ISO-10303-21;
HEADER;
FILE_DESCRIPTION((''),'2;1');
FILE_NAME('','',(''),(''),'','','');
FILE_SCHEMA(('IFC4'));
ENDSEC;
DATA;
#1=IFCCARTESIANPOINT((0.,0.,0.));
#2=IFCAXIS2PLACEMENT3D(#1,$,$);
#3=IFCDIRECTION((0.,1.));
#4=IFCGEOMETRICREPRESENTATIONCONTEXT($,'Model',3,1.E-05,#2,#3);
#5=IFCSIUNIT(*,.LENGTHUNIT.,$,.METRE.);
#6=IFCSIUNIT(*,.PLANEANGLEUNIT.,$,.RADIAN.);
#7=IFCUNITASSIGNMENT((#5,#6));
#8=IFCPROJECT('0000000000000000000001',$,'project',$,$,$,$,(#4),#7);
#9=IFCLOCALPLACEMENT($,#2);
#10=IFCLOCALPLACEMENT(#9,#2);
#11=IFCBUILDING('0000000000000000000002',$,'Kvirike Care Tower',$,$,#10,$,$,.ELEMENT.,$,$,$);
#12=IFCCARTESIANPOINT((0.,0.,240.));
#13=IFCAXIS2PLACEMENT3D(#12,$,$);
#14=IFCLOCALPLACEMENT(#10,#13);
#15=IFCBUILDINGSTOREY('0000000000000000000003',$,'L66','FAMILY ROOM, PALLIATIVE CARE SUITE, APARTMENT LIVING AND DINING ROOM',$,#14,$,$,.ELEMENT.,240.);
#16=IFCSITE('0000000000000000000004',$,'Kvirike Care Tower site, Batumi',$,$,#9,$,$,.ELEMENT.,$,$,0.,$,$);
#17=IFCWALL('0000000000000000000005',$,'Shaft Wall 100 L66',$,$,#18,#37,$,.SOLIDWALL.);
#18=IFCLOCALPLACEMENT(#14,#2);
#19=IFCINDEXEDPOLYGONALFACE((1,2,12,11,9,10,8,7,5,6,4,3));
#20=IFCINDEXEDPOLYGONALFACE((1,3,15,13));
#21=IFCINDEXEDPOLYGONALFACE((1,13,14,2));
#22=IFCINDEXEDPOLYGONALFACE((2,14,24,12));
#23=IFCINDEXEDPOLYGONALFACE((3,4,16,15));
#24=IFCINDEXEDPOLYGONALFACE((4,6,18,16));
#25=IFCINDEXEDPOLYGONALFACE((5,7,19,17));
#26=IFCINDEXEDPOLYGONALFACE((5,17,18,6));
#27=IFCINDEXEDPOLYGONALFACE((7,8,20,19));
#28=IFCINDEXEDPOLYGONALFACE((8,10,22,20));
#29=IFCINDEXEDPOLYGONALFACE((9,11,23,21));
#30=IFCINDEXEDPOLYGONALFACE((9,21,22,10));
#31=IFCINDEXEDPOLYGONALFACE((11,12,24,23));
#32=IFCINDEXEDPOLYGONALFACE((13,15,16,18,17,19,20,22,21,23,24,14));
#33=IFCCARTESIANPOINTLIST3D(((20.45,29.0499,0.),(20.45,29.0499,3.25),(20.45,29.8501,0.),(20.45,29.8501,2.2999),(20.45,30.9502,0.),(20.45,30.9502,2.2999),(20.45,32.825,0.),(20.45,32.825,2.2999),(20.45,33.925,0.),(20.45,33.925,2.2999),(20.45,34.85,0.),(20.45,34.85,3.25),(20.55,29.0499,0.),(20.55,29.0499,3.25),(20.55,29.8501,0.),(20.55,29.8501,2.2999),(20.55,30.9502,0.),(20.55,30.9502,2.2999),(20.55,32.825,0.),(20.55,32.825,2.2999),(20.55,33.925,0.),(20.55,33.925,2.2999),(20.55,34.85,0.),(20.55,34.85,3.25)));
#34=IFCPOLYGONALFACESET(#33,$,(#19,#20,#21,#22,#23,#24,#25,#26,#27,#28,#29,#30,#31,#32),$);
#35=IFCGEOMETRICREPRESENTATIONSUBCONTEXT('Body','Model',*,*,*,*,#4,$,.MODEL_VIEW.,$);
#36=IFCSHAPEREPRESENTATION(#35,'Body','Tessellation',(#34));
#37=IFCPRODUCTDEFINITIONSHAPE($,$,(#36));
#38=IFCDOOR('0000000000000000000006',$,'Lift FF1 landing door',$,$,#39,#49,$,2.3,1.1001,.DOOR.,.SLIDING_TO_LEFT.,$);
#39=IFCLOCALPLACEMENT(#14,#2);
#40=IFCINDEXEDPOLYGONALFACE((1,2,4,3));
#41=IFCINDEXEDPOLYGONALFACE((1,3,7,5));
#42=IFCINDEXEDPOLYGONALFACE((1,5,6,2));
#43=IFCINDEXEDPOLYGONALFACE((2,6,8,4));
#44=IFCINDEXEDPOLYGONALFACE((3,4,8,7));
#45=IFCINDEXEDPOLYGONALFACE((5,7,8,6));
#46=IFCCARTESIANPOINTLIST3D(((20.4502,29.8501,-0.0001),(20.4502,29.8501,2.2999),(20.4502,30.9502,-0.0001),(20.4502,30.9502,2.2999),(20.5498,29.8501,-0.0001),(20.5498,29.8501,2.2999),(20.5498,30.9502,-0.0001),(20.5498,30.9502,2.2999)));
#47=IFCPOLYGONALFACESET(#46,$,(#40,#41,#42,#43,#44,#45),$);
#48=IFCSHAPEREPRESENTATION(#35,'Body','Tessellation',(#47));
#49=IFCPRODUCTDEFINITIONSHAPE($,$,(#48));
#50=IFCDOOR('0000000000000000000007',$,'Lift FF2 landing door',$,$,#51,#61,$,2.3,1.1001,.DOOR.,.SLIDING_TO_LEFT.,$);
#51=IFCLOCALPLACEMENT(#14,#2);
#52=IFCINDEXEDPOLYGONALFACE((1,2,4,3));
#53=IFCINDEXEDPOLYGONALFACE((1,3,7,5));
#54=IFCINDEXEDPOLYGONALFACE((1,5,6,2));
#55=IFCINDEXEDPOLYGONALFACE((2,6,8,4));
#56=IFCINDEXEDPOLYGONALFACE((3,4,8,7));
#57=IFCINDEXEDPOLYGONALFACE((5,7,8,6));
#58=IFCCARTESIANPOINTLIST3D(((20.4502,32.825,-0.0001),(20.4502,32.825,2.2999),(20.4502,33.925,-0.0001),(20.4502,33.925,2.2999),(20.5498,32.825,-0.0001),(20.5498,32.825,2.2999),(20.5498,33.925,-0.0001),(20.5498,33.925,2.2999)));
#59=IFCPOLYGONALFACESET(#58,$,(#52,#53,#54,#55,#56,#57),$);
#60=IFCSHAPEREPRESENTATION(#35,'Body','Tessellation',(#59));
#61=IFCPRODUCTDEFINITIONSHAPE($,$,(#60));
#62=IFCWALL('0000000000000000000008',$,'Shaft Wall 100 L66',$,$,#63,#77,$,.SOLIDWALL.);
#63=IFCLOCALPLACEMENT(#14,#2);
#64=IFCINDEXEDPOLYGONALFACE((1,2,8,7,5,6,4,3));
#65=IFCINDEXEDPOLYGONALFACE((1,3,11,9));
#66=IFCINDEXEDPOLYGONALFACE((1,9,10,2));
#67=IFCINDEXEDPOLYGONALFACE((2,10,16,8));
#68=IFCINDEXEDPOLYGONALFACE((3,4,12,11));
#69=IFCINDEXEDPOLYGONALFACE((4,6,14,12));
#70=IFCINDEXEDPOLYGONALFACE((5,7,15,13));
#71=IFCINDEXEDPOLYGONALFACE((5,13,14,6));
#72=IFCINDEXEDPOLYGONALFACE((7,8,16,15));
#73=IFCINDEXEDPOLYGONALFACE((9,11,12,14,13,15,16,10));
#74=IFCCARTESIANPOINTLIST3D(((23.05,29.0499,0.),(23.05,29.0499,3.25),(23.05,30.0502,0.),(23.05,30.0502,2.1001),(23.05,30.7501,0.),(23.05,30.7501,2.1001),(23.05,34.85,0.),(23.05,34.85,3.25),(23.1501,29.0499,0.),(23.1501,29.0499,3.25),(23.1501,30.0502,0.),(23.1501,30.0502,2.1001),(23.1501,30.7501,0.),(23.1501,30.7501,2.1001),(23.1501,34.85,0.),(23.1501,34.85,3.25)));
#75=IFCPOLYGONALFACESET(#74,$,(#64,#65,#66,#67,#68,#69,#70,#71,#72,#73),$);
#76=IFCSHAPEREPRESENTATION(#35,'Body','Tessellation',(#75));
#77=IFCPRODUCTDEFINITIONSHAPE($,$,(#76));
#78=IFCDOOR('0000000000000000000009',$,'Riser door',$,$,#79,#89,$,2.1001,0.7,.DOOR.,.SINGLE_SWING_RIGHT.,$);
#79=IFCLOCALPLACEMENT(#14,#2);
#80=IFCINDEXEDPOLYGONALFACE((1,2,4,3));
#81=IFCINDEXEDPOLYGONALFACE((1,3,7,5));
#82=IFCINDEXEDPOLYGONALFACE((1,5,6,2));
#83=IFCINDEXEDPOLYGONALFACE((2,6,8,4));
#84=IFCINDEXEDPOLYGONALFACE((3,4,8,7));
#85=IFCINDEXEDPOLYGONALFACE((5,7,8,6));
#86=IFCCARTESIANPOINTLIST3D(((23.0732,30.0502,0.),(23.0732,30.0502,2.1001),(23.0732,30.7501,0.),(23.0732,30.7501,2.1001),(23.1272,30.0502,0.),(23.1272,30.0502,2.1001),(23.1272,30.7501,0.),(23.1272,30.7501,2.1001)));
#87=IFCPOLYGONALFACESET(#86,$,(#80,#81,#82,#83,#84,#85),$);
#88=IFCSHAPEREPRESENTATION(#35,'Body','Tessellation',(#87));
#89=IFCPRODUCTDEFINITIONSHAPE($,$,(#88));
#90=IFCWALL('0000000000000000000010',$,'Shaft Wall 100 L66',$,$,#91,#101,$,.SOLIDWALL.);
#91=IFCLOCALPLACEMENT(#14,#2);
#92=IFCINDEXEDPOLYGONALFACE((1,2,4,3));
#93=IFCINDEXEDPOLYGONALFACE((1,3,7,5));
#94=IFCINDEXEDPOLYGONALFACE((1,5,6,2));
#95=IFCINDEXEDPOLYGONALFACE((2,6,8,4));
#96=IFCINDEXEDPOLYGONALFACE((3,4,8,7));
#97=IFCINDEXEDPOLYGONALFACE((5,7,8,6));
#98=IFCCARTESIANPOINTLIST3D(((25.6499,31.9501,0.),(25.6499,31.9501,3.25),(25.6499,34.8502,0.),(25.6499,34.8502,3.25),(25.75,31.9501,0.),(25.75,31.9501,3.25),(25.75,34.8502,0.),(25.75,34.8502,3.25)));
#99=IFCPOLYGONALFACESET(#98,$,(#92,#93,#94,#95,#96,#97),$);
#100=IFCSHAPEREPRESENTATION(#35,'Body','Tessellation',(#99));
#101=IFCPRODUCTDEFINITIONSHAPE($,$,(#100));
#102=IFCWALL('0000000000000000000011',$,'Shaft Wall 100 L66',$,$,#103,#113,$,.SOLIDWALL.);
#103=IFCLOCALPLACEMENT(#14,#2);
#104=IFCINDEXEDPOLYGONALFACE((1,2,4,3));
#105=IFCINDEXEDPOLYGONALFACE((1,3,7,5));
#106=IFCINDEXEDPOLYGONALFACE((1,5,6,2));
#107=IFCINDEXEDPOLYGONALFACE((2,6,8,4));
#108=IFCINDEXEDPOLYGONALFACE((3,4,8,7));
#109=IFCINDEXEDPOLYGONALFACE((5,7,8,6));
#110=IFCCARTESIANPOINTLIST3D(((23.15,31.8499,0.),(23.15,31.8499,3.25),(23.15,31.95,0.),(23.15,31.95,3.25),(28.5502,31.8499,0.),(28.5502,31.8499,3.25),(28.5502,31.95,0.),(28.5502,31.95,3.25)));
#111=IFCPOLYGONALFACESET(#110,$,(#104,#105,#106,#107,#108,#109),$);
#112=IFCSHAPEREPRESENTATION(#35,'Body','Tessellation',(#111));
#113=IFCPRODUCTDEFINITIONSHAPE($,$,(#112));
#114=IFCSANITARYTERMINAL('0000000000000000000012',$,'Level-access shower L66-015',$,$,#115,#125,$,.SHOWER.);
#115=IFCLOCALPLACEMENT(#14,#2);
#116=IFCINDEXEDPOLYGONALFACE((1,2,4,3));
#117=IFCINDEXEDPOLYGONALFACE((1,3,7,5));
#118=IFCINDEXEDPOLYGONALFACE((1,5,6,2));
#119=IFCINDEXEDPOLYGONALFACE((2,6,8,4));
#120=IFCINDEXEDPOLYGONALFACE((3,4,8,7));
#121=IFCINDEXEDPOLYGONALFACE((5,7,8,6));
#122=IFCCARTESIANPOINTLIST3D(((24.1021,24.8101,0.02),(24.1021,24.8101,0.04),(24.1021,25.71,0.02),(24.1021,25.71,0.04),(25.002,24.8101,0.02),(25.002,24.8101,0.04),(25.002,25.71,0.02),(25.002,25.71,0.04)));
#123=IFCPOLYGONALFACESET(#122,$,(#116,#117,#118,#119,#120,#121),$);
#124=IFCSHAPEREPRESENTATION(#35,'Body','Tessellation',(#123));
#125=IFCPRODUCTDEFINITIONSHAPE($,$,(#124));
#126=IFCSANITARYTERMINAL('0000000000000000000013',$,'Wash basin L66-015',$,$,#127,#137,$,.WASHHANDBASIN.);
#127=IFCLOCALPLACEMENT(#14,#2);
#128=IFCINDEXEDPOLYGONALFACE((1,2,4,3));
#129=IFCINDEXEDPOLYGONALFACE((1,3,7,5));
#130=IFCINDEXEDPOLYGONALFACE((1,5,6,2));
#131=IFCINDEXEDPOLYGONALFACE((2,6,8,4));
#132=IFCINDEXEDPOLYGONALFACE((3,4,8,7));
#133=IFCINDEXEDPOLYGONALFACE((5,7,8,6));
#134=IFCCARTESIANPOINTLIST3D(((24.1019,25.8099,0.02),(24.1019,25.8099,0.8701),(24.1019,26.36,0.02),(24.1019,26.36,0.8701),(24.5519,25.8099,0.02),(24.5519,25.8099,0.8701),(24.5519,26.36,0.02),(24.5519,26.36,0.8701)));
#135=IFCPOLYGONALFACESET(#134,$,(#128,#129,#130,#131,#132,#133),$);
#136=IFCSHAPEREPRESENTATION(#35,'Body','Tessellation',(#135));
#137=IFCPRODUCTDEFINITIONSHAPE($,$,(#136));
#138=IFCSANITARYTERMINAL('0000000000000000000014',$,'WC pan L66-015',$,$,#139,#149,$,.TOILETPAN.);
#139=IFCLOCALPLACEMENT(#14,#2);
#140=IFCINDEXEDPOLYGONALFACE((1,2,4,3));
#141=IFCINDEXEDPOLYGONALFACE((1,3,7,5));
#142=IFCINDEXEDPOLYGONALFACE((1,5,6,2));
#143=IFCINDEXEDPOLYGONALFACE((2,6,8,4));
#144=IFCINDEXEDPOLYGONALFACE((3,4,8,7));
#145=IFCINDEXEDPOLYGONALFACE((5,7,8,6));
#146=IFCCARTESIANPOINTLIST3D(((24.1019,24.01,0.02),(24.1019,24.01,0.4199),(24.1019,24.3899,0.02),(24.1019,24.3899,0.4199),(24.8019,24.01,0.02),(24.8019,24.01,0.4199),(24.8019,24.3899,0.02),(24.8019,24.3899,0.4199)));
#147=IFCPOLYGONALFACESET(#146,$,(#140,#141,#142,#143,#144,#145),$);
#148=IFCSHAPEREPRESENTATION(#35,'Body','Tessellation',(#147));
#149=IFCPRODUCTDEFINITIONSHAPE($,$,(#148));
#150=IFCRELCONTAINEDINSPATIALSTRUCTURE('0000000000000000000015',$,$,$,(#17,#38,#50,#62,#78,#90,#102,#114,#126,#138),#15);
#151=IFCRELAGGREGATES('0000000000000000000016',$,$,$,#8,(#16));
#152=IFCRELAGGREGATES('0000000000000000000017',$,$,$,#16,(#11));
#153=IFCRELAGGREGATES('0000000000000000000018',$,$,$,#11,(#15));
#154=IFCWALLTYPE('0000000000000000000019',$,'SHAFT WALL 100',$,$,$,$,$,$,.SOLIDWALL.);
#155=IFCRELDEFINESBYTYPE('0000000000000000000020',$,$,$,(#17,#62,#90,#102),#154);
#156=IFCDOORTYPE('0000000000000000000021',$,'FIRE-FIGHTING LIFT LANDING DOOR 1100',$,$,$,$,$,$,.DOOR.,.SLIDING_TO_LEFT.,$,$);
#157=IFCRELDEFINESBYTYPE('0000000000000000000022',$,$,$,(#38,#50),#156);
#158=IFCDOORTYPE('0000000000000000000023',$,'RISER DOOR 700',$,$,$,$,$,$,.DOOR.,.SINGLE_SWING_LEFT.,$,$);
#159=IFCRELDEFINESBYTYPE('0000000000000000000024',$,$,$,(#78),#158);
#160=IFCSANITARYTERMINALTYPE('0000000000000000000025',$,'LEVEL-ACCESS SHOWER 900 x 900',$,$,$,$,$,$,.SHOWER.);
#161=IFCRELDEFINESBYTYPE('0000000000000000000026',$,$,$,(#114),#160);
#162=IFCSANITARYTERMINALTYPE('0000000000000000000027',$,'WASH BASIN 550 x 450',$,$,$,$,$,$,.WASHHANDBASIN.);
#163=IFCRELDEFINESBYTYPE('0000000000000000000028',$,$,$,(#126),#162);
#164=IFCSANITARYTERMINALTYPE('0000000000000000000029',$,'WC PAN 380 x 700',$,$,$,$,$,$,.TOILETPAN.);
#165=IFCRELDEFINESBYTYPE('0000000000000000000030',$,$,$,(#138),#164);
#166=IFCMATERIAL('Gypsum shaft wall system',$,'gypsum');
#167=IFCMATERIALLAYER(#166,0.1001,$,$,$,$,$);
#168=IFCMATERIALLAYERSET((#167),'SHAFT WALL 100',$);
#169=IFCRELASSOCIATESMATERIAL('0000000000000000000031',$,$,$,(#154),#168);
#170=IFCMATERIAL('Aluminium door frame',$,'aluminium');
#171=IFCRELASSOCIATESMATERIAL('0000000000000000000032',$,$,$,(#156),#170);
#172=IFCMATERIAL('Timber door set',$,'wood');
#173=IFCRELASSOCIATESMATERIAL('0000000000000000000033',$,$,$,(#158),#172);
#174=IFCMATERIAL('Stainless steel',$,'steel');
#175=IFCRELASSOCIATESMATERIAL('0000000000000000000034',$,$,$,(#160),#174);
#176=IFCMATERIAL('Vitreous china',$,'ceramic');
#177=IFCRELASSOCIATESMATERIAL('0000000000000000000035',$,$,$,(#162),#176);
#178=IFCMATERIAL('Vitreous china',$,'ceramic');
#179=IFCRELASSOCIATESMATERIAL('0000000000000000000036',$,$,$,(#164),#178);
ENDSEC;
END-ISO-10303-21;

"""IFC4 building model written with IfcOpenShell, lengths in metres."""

from ifc_helpers import new_model, si_unit, direction, frame, frame_2d, origin, origin_2d, place, context, subcontext, project, spatial, rectangle, extrude, material, layer, layer_set, type_object, element, fill, save


model = new_model("IFC4")

# Units and contexts
model_context = context("Model", 3, precision=1e-05, world=origin(), true_north=direction((0.0, 1.0)))
body_context = subcontext(model_context, "Body", "Model", "MODEL_VIEW")
ifc_project = project(units=[si_unit("LENGTHUNIT", "METRE"), si_unit("PLANEANGLEUNIT", "RADIAN")], contexts=[model_context])

# Site, building, storey
site_placement = place(None, origin())
site = spatial("IfcSite", under=ifc_project, at=site_placement, Name="Kvirike Care Tower site, Batumi", CompositionType="ELEMENT", RefElevation=0.0)
building_placement = place(site_placement, origin())
building = spatial("IfcBuilding", under=site, at=building_placement, Name="Kvirike Care Tower", CompositionType="ELEMENT")
storey_placement = place(building_placement, frame((0.0, 0.0, 240.0)))
storey = spatial("IfcBuildingStorey", under=building, at=storey_placement, Name="L66", Description="FAMILY ROOM, PALLIATIVE CARE SUITE, APARTMENT LIVING AND DINING ROOM", CompositionType="ELEMENT", Elevation=240.0)

# Wall, openings, doors
ifc_material_1 = material(Name="Gypsum shaft wall system", Category="gypsum")
ifc_layer_1 = layer(ifc_material_1, 0.1001)
ifc_layer_set_1 = layer_set([ifc_layer_1], Name="SHAFT WALL 100")
wall_type_1 = type_object("IfcWallType", Name="SHAFT WALL 100", PredefinedType="SOLIDWALL", material=ifc_layer_set_1)
wall_1_placement = place(storey_placement, frame((20.5, 29.05, 0.0), z_axis=(0.0, 0.0, 1.0), x_axis=(0.0, 1.0, 0.0)))
wall_1 = element("IfcWall", 1, at=wall_1_placement, inside=storey, type_object=wall_type_1, Name="Shaft Wall 100 L66", PredefinedType="SOLIDWALL", context=body_context, shape_type="SweptSolid", body=[
    extrude(rectangle(XDim=5.8, YDim=0.1001, at=frame_2d((2.8999, 0.0))), origin(), (0.0, 0.0, 1.0), 3.25),
])
opening_1_placement = place(wall_1_placement, frame((0.8, 0.0, 0.0)))
opening_1 = element("IfcOpeningElement", 2, at=opening_1_placement, cuts=wall_1, PredefinedType="OPENING", context=body_context, shape_type="SweptSolid", body=[
    extrude(rectangle(XDim=1.1001, YDim=2.3, at=frame_2d((0.55, 1.1499))), frame((0.0, 0.0605, 0.0), z_axis=(0.0, -1.0, 0.0), x_axis=(1.0, 0.0, 0.0)), (0.0, 0.0, 1.0), 0.1211),
])
opening_2_placement = place(wall_1_placement, frame((3.7749, 0.0, 0.0)))
opening_2 = element("IfcOpeningElement", 3, at=opening_2_placement, cuts=wall_1, PredefinedType="OPENING", context=body_context, shape_type="SweptSolid", body=[
    extrude(rectangle(XDim=1.1001, YDim=2.3, at=frame_2d((0.55, 1.1499))), frame((0.0, 0.0605, 0.0), z_axis=(0.0, -1.0, 0.0), x_axis=(1.0, 0.0, 0.0)), (0.0, 0.0, 1.0), 0.1211),
])
ifc_material_2 = material(Name="Aluminium door frame", Category="aluminium")
door_type_1 = type_object("IfcDoorType", Name="FIRE-FIGHTING LIFT LANDING DOOR 1100", OperationType="SLIDING_TO_LEFT", PredefinedType="DOOR", material=ifc_material_2)
door_1_placement = place(opening_1_placement, origin())
door_1 = element("IfcDoor", 4, at=door_1_placement, inside=storey, type_object=door_type_1, Name="Lift FF1 landing door", OperationType="SLIDING_TO_LEFT", OverallHeight=2.3, OverallWidth=1.1001, PredefinedType="DOOR", context=body_context, shape_type="SweptSolid", body=[
    extrude(rectangle(XDim=1.1001, YDim=2.3, at=frame_2d((0.55, 1.1499))), frame((0.0, 0.0498, 0.0), z_axis=(0.0, -1.0, 0.0), x_axis=(1.0, 0.0, 0.0)), (0.0, 0.0, 1.0), 0.0996),
])
fill(opening_1, door_1)
door_2_placement = place(opening_2_placement, origin())
door_2 = element("IfcDoor", 5, at=door_2_placement, inside=storey, type_object=door_type_1, Name="Lift FF2 landing door", OperationType="SLIDING_TO_LEFT", OverallHeight=2.3, OverallWidth=1.1001, PredefinedType="DOOR", context=body_context, shape_type="SweptSolid", body=[
    extrude(rectangle(XDim=1.1001, YDim=2.3, at=frame_2d((0.55, 1.1499))), frame((0.0, 0.0498, 0.0), z_axis=(0.0, -1.0, 0.0), x_axis=(1.0, 0.0, 0.0)), (0.0, 0.0, 1.0), 0.0996),
])
fill(opening_2, door_2)

# Wall, opening, door
wall_2_placement = place(storey_placement, frame((23.1001, 29.05, 0.0), z_axis=(0.0, 0.0, 1.0), x_axis=(0.0, 1.0, 0.0)))
wall_2 = element("IfcWall", 6, at=wall_2_placement, inside=storey, type_object=wall_type_1, Name="Shaft Wall 100 L66", PredefinedType="SOLIDWALL", context=body_context, shape_type="SweptSolid", body=[
    extrude(rectangle(XDim=5.8, YDim=0.1001, at=frame_2d((2.8999, 0.0))), origin(), (0.0, 0.0, 1.0), 3.25),
])
opening_3_placement = place(wall_2_placement, frame((1.0, 0.0, 0.0)))
opening_3 = element("IfcOpeningElement", 7, at=opening_3_placement, cuts=wall_2, PredefinedType="OPENING", context=body_context, shape_type="SweptSolid", body=[
    extrude(rectangle(XDim=0.7, YDim=2.1001, at=frame_2d((0.3501, 1.05))), frame((0.0, 0.0605, 0.0), z_axis=(0.0, -1.0, 0.0), x_axis=(1.0, 0.0, 0.0)), (0.0, 0.0, 1.0), 0.1211),
])
ifc_material_3 = material(Name="Timber door set", Category="wood")
door_type_2 = type_object("IfcDoorType", Name="RISER DOOR 700", OperationType="SINGLE_SWING_LEFT", PredefinedType="DOOR", material=ifc_material_3)
door_3_placement = place(opening_3_placement, origin())
door_3 = element("IfcDoor", 8, at=door_3_placement, inside=storey, type_object=door_type_2, Name="Riser door", OperationType="SINGLE_SWING_RIGHT", OverallHeight=2.1001, OverallWidth=0.7, PredefinedType="DOOR", context=body_context, shape_type="SweptSolid", body=[
    extrude(rectangle(XDim=0.7, YDim=2.1001, at=frame_2d((0.3501, 1.05))), frame((0.0, 0.0269, 0.0), z_axis=(0.0, -1.0, 0.0), x_axis=(1.0, 0.0, 0.0)), (0.0, 0.0, 1.0), 0.054),
])
fill(opening_3, door_3)

# Walls
wall_3_placement = place(storey_placement, frame((25.7, 31.95, 0.0), z_axis=(0.0, 0.0, 1.0), x_axis=(0.0, 1.0, 0.0)))
element("IfcWall", 9, at=wall_3_placement, inside=storey, type_object=wall_type_1, Name="Shaft Wall 100 L66", PredefinedType="SOLIDWALL", context=body_context, shape_type="SweptSolid", body=[
    extrude(rectangle(XDim=2.9001, YDim=0.1001, at=frame_2d((1.4502, 0.0))), origin(), (0.0, 0.0, 1.0), 3.25),
])
wall_4_placement = place(storey_placement, frame((23.1499, 31.8999, 0.0), z_axis=(0.0, 0.0, 1.0), x_axis=(1.0, 0.0, 0.0)))
element("IfcWall", 10, at=wall_4_placement, inside=storey, type_object=wall_type_1, Name="Shaft Wall 100 L66", PredefinedType="SOLIDWALL", context=body_context, shape_type="SweptSolid", body=[
    extrude(rectangle(XDim=5.4001, YDim=0.1001, at=frame_2d((2.7002, 0.0))), origin(), (0.0, 0.0, 1.0), 3.25),
])

# Sanitary terminals
ifc_material_4 = material(Name="Stainless steel", Category="steel")
sanitary_terminal_type_1 = type_object("IfcSanitaryTerminalType", Name="LEVEL-ACCESS SHOWER 900 x 900", PredefinedType="SHOWER", material=ifc_material_4)
sanitary_terminal_1_placement = place(storey_placement, frame((24.552, 25.26, 0.02), z_axis=(0.0, 0.0, 1.0), x_axis=(0.0, 1.0, 0.0)))
element("IfcSanitaryTerminal", 11, at=sanitary_terminal_1_placement, inside=storey, type_object=sanitary_terminal_type_1, Name="Level-access shower L66-015", PredefinedType="SHOWER", context=body_context, shape_type="SweptSolid", body=[
    extrude(rectangle(XDim=0.8999, YDim=0.8999, at=origin_2d()), origin(), (0.0, 0.0, 1.0), 0.02),
])
ifc_material_5 = material(Name="Vitreous china", Category="ceramic")
sanitary_terminal_type_2 = type_object("IfcSanitaryTerminalType", Name="WASH BASIN 550 x 450", PredefinedType="WASHHANDBASIN", material=ifc_material_5)
sanitary_terminal_2_placement = place(storey_placement, frame((24.3269, 26.085, 0.02), z_axis=(0.0, 0.0, 1.0), x_axis=(0.0, 1.0, 0.0)))
element("IfcSanitaryTerminal", 12, at=sanitary_terminal_2_placement, inside=storey, type_object=sanitary_terminal_type_2, Name="Wash basin L66-015", PredefinedType="WASHHANDBASIN", context=body_context, shape_type="SweptSolid", body=[
    extrude(rectangle(XDim=0.55, YDim=0.45, at=origin_2d()), origin(), (0.0, 0.0, 1.0), 0.8501),
])
ifc_material_6 = material(Name="Vitreous china", Category="ceramic")
sanitary_terminal_type_3 = type_object("IfcSanitaryTerminalType", Name="WC PAN 380 x 700", PredefinedType="TOILETPAN", material=ifc_material_6)
sanitary_terminal_3_placement = place(storey_placement, frame((24.4519, 24.2, 0.02), z_axis=(0.0, 0.0, 1.0), x_axis=(0.0, 1.0, 0.0)))
element("IfcSanitaryTerminal", 13, at=sanitary_terminal_3_placement, inside=storey, type_object=sanitary_terminal_type_3, Name="WC pan L66-015", PredefinedType="TOILETPAN", context=body_context, shape_type="SweptSolid", body=[
    extrude(rectangle(XDim=0.3799, YDim=0.7, at=origin_2d()), origin(), (0.0, 0.0, 1.0), 0.3999),
])

save(model, "model.ifc")
